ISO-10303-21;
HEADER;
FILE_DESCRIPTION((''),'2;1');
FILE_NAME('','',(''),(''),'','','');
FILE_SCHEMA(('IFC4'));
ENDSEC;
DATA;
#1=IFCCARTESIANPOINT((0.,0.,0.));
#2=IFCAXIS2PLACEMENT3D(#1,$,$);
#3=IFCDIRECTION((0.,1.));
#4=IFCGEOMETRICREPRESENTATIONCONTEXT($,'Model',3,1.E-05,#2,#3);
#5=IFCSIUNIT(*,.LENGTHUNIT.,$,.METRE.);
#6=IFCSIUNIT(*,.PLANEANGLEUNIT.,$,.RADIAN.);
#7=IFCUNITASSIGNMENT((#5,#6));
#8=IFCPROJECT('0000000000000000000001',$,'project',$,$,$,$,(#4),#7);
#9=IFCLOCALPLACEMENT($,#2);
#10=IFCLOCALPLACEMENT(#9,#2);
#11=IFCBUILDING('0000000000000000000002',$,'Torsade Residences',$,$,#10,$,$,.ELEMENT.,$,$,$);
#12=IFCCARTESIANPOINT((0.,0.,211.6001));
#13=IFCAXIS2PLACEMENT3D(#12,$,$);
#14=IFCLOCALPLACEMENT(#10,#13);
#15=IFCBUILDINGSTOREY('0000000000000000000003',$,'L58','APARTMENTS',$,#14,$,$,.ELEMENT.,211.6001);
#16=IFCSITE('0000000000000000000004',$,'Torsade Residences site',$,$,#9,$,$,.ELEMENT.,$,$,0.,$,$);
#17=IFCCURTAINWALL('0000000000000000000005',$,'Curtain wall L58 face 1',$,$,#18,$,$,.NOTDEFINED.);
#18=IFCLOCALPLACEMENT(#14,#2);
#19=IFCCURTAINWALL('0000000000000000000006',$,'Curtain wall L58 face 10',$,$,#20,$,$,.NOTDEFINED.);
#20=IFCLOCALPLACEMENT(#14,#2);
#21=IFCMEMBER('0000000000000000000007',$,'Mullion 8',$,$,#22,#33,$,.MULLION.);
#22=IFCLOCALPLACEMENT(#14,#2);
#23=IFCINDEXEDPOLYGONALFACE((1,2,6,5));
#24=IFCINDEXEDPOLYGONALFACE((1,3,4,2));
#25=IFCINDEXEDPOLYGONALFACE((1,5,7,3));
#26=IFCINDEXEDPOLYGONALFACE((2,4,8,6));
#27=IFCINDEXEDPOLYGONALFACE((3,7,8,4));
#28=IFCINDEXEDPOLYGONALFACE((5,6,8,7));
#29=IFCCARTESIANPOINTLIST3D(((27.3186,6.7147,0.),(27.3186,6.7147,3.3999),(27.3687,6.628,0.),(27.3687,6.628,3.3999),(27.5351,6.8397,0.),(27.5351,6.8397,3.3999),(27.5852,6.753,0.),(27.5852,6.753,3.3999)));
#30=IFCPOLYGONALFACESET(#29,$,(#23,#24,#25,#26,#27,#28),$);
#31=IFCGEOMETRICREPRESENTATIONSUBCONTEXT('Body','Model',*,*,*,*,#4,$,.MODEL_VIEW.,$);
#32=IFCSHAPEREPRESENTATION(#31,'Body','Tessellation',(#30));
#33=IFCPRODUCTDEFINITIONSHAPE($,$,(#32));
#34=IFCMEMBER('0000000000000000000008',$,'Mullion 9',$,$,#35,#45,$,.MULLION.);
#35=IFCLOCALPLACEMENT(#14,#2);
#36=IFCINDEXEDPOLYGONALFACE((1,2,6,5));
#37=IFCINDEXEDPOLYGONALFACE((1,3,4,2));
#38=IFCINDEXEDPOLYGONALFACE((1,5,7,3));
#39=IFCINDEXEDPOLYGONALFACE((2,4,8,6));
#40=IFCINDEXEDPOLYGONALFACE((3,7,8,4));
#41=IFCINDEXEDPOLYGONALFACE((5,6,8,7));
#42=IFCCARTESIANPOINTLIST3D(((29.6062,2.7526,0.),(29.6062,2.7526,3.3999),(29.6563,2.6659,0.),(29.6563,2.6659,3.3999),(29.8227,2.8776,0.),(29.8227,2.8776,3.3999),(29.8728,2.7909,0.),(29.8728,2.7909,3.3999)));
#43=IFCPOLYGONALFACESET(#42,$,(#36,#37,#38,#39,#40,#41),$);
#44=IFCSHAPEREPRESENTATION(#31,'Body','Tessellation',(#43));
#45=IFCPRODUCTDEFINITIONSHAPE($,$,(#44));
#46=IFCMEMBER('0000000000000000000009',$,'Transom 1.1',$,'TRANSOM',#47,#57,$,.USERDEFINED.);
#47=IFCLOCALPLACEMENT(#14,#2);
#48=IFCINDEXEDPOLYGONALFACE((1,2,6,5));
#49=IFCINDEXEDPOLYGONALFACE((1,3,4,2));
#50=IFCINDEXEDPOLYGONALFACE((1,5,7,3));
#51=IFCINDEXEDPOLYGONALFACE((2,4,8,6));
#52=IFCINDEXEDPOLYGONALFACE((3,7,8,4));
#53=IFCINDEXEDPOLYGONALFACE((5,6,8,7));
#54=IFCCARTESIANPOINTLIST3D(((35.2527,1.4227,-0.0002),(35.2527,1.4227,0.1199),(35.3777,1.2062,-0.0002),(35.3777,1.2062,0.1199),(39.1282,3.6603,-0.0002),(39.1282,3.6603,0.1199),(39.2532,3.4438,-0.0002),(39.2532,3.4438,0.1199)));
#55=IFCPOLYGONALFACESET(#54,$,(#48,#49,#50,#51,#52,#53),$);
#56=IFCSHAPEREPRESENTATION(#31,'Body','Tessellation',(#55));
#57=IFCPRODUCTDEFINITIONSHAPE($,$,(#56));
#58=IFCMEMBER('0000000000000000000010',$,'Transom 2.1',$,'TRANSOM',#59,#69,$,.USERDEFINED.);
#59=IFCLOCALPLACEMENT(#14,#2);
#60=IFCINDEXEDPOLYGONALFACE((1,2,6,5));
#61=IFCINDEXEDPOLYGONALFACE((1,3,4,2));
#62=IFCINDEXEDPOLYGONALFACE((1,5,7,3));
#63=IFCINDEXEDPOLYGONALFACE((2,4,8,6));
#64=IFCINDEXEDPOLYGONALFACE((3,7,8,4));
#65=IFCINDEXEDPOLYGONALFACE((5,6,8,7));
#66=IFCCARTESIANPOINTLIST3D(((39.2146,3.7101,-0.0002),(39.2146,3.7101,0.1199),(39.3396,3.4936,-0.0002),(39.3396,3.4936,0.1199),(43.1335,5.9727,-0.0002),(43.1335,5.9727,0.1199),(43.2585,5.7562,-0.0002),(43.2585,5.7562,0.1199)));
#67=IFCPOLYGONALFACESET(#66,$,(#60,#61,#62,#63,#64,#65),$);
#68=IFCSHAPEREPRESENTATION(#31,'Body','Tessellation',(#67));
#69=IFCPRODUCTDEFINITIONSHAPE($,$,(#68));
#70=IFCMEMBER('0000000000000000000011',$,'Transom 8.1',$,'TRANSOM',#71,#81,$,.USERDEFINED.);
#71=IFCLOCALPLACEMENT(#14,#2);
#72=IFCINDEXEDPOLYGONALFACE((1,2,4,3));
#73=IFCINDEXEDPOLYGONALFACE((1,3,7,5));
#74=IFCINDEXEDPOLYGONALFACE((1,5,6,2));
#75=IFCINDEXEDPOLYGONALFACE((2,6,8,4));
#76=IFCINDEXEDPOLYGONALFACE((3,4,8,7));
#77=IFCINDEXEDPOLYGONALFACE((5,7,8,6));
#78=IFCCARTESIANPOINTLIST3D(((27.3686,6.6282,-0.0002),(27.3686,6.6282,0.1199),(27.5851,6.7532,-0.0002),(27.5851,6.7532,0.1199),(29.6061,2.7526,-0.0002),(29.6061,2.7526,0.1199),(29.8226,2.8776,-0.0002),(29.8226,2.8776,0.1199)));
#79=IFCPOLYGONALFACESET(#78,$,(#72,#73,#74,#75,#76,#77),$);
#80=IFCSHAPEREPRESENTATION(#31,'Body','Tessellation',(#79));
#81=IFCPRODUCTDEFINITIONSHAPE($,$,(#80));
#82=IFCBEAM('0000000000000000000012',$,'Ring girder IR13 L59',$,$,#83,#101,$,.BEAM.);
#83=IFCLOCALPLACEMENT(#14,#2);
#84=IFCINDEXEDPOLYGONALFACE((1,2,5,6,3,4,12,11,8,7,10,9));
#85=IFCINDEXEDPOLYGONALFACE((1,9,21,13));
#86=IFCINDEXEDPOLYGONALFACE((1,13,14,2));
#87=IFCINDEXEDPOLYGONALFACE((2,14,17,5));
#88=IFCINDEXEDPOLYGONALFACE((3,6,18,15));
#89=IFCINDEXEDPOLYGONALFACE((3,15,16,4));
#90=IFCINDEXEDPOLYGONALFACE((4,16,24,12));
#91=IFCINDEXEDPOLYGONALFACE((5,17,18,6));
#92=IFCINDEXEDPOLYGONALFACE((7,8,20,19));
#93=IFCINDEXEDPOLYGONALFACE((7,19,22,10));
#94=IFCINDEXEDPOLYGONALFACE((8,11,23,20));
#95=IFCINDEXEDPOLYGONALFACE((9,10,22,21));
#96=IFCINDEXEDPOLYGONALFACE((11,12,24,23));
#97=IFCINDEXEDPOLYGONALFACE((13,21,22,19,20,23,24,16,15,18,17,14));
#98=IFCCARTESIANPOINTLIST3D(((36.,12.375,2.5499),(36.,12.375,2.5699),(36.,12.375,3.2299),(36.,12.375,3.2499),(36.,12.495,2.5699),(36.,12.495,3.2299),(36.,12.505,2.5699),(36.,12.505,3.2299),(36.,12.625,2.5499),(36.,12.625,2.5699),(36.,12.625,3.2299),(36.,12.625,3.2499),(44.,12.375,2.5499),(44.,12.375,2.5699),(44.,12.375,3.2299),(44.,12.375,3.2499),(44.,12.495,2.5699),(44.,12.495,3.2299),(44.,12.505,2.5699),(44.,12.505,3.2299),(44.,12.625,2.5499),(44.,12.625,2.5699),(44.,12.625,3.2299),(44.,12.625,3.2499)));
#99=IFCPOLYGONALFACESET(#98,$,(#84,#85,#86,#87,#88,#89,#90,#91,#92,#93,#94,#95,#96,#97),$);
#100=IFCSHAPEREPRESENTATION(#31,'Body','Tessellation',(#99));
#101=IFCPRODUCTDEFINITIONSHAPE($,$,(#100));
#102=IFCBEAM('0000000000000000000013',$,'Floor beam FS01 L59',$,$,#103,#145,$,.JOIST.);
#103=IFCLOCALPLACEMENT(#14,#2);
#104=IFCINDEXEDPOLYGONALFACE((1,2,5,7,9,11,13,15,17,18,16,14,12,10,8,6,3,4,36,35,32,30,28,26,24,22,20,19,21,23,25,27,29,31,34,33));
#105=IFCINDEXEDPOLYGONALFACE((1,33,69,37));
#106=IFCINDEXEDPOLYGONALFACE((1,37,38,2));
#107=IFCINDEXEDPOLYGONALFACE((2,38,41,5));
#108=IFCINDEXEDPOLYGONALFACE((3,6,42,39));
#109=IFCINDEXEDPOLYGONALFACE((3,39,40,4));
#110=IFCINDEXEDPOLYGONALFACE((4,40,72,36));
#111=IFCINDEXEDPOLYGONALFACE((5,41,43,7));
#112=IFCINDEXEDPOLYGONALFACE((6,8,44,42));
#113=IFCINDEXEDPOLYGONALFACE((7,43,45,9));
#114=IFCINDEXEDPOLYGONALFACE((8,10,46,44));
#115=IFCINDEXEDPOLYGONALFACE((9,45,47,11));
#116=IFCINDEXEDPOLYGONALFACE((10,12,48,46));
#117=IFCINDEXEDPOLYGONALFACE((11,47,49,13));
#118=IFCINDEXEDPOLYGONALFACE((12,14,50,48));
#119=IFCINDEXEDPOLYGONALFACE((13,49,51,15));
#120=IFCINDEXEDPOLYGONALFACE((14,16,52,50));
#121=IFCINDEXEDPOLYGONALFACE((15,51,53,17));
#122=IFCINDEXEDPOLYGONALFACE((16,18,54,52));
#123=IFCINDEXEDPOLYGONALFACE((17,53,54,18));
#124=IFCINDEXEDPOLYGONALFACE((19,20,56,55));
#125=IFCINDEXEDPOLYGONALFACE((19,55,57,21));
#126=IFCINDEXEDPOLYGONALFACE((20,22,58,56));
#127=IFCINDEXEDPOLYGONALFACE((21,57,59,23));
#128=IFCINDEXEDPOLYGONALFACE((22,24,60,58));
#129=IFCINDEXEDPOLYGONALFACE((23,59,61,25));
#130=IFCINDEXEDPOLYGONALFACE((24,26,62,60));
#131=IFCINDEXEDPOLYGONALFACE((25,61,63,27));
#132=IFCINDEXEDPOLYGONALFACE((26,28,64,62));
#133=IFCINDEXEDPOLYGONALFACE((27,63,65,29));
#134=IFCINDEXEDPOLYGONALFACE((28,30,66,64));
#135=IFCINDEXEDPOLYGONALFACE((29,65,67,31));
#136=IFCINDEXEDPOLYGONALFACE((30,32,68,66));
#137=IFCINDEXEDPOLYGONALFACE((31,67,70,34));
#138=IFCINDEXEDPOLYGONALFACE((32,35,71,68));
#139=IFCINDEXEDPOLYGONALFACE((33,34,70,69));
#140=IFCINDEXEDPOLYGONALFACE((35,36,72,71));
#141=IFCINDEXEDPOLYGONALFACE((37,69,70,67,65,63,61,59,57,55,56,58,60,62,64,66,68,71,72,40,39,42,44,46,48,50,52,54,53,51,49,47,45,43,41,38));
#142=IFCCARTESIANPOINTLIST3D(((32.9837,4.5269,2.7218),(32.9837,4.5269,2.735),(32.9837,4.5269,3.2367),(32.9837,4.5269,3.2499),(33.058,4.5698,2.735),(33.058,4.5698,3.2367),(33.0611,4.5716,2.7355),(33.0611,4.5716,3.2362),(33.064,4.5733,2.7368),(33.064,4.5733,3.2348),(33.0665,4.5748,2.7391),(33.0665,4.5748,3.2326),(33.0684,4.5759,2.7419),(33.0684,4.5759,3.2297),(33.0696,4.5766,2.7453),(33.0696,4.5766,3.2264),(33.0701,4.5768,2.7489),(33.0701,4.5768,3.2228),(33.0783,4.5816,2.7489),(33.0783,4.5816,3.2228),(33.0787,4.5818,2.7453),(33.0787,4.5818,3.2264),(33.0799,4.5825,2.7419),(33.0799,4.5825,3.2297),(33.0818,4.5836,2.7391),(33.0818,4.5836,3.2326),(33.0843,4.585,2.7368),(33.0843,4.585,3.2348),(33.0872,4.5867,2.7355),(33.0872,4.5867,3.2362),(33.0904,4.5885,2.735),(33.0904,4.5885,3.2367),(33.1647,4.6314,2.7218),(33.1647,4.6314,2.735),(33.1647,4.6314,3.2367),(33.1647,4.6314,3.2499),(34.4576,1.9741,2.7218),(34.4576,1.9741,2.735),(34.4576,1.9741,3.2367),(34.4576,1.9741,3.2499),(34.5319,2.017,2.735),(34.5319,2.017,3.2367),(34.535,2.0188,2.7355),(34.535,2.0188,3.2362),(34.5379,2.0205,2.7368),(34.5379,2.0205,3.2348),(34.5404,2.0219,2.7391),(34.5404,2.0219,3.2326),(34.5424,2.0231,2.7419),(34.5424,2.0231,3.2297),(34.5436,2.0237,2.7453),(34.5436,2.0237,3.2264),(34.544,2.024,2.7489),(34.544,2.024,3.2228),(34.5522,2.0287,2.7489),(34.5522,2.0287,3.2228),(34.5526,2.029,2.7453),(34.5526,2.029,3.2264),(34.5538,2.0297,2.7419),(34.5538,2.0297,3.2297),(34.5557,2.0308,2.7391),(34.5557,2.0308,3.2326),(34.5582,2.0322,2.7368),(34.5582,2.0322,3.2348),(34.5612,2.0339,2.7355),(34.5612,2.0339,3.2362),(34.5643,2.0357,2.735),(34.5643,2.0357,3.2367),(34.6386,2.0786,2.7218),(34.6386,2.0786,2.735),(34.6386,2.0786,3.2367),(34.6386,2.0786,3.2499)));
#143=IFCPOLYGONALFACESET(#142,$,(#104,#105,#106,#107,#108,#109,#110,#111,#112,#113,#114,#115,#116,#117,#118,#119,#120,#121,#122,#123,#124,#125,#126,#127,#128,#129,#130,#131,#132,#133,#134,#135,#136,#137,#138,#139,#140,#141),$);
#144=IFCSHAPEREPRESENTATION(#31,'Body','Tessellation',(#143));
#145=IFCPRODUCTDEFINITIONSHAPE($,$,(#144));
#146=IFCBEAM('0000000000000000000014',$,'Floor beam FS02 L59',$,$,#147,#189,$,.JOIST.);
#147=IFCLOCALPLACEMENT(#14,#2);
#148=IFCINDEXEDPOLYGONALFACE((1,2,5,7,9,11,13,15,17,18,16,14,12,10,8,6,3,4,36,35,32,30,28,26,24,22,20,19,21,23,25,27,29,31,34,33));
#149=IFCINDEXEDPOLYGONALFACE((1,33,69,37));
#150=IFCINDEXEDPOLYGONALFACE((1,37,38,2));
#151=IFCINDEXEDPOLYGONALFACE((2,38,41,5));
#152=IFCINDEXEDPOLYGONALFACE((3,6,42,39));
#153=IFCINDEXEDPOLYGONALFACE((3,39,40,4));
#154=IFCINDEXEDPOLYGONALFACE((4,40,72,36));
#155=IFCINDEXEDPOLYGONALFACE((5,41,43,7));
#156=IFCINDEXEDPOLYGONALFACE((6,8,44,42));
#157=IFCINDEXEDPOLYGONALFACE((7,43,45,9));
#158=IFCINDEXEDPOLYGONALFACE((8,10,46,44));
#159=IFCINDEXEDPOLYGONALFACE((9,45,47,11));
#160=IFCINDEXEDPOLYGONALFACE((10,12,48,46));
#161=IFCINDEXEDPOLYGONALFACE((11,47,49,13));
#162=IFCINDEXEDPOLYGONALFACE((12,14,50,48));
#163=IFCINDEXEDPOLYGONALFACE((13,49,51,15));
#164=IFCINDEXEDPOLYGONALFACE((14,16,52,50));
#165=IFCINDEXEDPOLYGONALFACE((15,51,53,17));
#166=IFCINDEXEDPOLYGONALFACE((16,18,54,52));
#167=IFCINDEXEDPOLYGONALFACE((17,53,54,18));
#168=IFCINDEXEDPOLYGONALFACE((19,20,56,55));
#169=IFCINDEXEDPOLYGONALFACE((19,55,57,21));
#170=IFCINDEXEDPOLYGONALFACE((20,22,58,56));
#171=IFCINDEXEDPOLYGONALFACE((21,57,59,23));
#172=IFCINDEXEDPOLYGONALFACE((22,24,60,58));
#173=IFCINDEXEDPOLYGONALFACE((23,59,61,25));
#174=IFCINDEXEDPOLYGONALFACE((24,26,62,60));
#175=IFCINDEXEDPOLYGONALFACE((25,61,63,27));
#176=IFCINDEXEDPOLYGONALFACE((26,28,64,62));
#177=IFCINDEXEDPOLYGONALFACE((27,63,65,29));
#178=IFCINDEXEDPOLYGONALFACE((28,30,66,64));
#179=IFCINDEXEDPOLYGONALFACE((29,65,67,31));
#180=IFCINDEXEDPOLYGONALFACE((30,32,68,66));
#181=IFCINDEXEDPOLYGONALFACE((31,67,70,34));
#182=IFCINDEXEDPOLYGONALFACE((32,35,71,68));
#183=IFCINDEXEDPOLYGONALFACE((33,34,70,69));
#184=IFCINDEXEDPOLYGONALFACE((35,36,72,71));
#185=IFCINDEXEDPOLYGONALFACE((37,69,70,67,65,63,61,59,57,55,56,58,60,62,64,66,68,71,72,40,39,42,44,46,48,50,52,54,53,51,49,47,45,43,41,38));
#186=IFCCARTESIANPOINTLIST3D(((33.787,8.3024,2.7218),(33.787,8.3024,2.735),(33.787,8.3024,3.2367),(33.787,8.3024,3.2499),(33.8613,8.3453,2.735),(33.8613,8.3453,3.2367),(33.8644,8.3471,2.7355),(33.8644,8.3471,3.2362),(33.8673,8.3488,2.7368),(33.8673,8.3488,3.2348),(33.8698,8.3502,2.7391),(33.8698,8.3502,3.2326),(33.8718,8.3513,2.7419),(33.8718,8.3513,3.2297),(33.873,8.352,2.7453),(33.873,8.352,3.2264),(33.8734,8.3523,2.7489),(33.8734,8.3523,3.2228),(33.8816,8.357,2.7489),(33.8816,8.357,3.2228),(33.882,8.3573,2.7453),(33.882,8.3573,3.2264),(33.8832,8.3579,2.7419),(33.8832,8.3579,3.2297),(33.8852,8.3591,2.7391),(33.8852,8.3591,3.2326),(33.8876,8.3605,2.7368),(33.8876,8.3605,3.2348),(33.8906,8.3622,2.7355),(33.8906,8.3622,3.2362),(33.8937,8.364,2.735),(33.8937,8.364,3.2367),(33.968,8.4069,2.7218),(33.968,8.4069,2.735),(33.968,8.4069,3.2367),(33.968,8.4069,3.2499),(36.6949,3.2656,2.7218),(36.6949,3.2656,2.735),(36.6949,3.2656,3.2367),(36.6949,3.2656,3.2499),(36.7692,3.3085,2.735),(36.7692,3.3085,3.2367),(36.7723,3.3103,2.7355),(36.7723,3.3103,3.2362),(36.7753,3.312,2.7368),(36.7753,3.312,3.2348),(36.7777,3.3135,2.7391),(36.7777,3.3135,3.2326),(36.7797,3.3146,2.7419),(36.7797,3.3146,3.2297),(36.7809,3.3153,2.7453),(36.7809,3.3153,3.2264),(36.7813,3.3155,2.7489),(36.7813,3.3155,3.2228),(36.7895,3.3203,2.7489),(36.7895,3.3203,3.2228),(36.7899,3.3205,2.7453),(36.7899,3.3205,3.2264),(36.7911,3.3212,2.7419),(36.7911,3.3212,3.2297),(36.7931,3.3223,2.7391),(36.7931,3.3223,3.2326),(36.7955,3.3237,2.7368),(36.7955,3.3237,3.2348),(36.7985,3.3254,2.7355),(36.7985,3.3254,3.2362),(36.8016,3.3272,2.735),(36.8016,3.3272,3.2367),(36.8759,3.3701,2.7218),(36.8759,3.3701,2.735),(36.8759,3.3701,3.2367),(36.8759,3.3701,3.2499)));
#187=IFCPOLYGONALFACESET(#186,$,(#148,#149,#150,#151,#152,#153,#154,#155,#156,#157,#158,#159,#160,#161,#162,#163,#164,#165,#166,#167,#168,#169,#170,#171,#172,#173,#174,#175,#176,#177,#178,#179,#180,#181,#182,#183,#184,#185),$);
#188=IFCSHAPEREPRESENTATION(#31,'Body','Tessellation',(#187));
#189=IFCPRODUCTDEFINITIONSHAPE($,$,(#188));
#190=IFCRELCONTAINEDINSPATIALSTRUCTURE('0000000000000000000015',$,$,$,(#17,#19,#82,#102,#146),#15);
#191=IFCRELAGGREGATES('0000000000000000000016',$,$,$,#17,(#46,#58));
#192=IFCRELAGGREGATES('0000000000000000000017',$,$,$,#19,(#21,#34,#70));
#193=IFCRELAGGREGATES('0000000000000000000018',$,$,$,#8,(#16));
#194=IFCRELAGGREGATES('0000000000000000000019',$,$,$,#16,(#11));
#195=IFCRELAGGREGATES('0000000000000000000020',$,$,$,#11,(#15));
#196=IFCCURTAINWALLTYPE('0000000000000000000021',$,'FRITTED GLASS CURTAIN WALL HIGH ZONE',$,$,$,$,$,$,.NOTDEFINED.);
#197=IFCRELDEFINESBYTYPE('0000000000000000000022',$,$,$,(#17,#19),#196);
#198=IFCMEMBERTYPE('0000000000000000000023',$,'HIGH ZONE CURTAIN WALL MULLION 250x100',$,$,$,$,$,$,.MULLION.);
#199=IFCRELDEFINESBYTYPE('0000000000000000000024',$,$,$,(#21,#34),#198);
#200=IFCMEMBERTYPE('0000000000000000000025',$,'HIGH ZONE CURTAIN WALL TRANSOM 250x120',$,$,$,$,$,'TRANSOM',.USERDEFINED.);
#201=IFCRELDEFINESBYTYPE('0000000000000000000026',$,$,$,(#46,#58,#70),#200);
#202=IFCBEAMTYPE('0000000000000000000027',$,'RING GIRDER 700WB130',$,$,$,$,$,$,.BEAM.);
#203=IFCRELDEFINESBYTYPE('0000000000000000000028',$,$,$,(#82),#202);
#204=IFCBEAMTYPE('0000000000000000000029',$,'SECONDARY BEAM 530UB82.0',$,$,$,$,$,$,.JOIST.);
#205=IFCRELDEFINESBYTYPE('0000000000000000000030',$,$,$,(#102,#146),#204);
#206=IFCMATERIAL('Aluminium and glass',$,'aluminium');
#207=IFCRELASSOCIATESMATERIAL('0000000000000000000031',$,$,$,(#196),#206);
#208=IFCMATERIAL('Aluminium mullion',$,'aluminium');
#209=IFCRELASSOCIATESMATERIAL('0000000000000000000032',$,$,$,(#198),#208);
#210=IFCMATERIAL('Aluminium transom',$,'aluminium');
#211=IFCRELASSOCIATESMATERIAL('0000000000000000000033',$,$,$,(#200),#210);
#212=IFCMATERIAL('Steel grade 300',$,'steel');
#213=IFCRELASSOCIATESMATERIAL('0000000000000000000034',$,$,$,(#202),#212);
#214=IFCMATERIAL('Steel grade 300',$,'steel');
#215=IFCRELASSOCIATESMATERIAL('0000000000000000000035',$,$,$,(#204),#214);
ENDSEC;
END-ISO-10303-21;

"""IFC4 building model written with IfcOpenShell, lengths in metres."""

from ifc_helpers import new_model, si_unit, direction, frame, origin, origin_2d, place, context, subcontext, project, spatial, rectangle, i_section, extrude, material, material_profile, profile_set, type_object, element, aggregate, save


model = new_model("IFC4")

# Units and contexts
model_context = context("Model", 3, precision=1e-05, world=origin(), true_north=direction((0.0, 1.0)))
body_context = subcontext(model_context, "Body", "Model", "MODEL_VIEW")
ifc_project = project(units=[si_unit("LENGTHUNIT", "METRE"), si_unit("PLANEANGLEUNIT", "RADIAN")], contexts=[model_context])

# Site, building, storey
site_placement = place(None, origin())
site = spatial("IfcSite", under=ifc_project, at=site_placement, Name="Torsade Residences site", CompositionType="ELEMENT", RefElevation=0.0)
building_placement = place(site_placement, origin())
building = spatial("IfcBuilding", under=site, at=building_placement, Name="Torsade Residences", CompositionType="ELEMENT")
storey_placement = place(building_placement, frame((0.0, 0.0, 211.6001)))
storey = spatial("IfcBuildingStorey", under=building, at=storey_placement, Name="L58", Description="APARTMENTS", CompositionType="ELEMENT", Elevation=211.6001)

# Curtain walls, members
ifc_material_1 = material(Name="Aluminium and glass", Category="aluminium")
curtain_wall_type = type_object("IfcCurtainWallType", Name="FRITTED GLASS CURTAIN WALL HIGH ZONE", PredefinedType="NOTDEFINED", material=ifc_material_1)
curtain_wall_1_placement = place(storey_placement, origin())
curtain_wall_1 = element("IfcCurtainWall", 1, at=curtain_wall_1_placement, inside=storey, type_object=curtain_wall_type, Name="Curtain wall L58 face 1", PredefinedType="NOTDEFINED")
ifc_material_2 = material(Name="Aluminium mullion", Category="aluminium")
ifc_material_profile_1 = material_profile(ifc_material_2, rectangle(XDim=0.25, YDim=0.1001, at=origin_2d()), Name="HIGH ZONE CURTAIN WALL MULLION 250x100")
ifc_profile_set_1 = profile_set([ifc_material_profile_1], Name="Aluminium mullion")
member_type_1 = type_object("IfcMemberType", Name="HIGH ZONE CURTAIN WALL MULLION 250x100", PredefinedType="MULLION", material=ifc_profile_set_1)
curtain_wall_2_placement = place(storey_placement, origin())
curtain_wall_2 = element("IfcCurtainWall", 2, at=curtain_wall_2_placement, inside=storey, type_object=curtain_wall_type, Name="Curtain wall L58 face 10", PredefinedType="NOTDEFINED")
member_1_placement = place(storey_placement, frame((27.4519, 6.7339, 0.0), z_axis=(0.0, 0.0, 1.0), x_axis=(0.866025, 0.5, 0.0)))
member_1 = element("IfcMember", 3, at=member_1_placement, type_object=member_type_1, Name="Mullion 8", PredefinedType="MULLION", context=body_context, shape_type="SweptSolid", body=[
    extrude(rectangle(XDim=0.25, YDim=0.1001, at=origin_2d()), origin(), (0.0, 0.0, 1.0), 3.3999),
])
member_2_placement = place(storey_placement, frame((29.7395, 2.7717, 0.0), z_axis=(0.0, 0.0, 1.0), x_axis=(0.866025, 0.5, 0.0)))
member_2 = element("IfcMember", 4, at=member_2_placement, type_object=member_type_1, Name="Mullion 9", PredefinedType="MULLION", context=body_context, shape_type="SweptSolid", body=[
    extrude(rectangle(XDim=0.25, YDim=0.1001, at=origin_2d()), origin(), (0.0, 0.0, 1.0), 3.3999),
])

# Members
ifc_material_3 = material(Name="Aluminium transom", Category="aluminium")
ifc_material_profile_2 = material_profile(ifc_material_3, rectangle(XDim=0.25, YDim=0.1201, at=origin_2d()), Name="HIGH ZONE CURTAIN WALL TRANSOM 250x120")
ifc_profile_set_2 = profile_set([ifc_material_profile_2], Name="Aluminium transom")
member_type_2 = type_object("IfcMemberType", Name="HIGH ZONE CURTAIN WALL TRANSOM 250x120", ElementType="TRANSOM", PredefinedType="USERDEFINED", material=ifc_profile_set_2)
member_3_placement = place(storey_placement, frame((35.3152, 1.3145, 0.0598), z_axis=(0.866022, 0.500006, 0.0), x_axis=(-0.500006, 0.866022, 0.0)))
member_3 = element("IfcMember", 5, at=member_3_placement, type_object=member_type_2, Name="Transom 1.1", ObjectType="TRANSOM", PredefinedType="USERDEFINED", context=body_context, shape_type="SweptSolid", body=[
    extrude(rectangle(XDim=0.25, YDim=0.1201, at=origin_2d()), origin(), (0.0, 0.0, 1.0), 4.4751),
])
member_4_placement = place(storey_placement, frame((39.2771, 3.6018, 0.0598), z_axis=(0.866017, 0.500015, 0.0), x_axis=(-0.500015, 0.866017, 0.0)))
member_4 = element("IfcMember", 6, at=member_4_placement, type_object=member_type_2, Name="Transom 2.1", ObjectType="TRANSOM", PredefinedType="USERDEFINED", context=body_context, shape_type="SweptSolid", body=[
    extrude(rectangle(XDim=0.25, YDim=0.1201, at=origin_2d()), origin(), (0.0, 0.0, 1.0), 4.5251),
])
member_5_placement = place(storey_placement, frame((27.4768, 6.6907, 0.0598), z_axis=(0.500006, -0.866022, 0.0), x_axis=(0.866022, 0.500006, 0.0)))
member_5 = element("IfcMember", 7, at=member_5_placement, type_object=member_type_2, Name="Transom 8.1", ObjectType="TRANSOM", PredefinedType="USERDEFINED", context=body_context, shape_type="SweptSolid", body=[
    extrude(rectangle(XDim=0.25, YDim=0.1201, at=origin_2d()), origin(), (0.0, 0.0, 1.0), 4.4751),
])

# Beams
ifc_material_4 = material(Name="Steel grade 300", Category="steel")
ifc_material_profile_3 = material_profile(ifc_material_4, i_section(OverallWidth=0.25, OverallDepth=0.7, WebThickness=0.01, FlangeThickness=0.02, at=origin_2d()), Name="700WB130")
ifc_profile_set_3 = profile_set([ifc_material_profile_3], Name="Steel grade 300")
beam_type_1 = type_object("IfcBeamType", Name="RING GIRDER 700WB130", PredefinedType="BEAM", material=ifc_profile_set_3)
beam_1_placement = place(storey_placement, frame((36.0, 12.5, 2.8999), z_axis=(1.0, 0.0, 0.0), x_axis=(0.0, 1.0, 0.0)))
element("IfcBeam", 8, at=beam_1_placement, inside=storey, type_object=beam_type_1, Name="Ring girder IR13 L59", PredefinedType="BEAM", context=body_context, shape_type="SweptSolid", body=[
    extrude(i_section(OverallWidth=0.25, OverallDepth=0.7, WebThickness=0.01, FlangeThickness=0.02, at=origin_2d()), origin(), (0.0, 0.0, 1.0), 8.0),
])
ifc_material_5 = material(Name="Steel grade 300", Category="steel")
ifc_material_profile_4 = material_profile(ifc_material_5, i_section(OverallWidth=0.209, OverallDepth=0.5281, WebThickness=0.0095, FlangeThickness=0.0132, FilletRadius=0.0139, at=origin_2d()), Name="530UB82.0")
ifc_profile_set_4 = profile_set([ifc_material_profile_4], Name="Steel grade 300")
beam_type_2 = type_object("IfcBeamType", Name="SECONDARY BEAM 530UB82.0", PredefinedType="JOIST", material=ifc_profile_set_4)
beam_2_placement = place(storey_placement, frame((34.5481, 2.0264, 2.9858), z_axis=(-0.500014, 0.866017, 0.0), x_axis=(-0.866017, -0.500014, 0.0)))
element("IfcBeam", 9, at=beam_2_placement, inside=storey, type_object=beam_type_2, Name="Floor beam FS01 L59", PredefinedType="JOIST", context=body_context, shape_type="SweptSolid", body=[
    extrude(i_section(OverallWidth=0.209, OverallDepth=0.5281, WebThickness=0.0095, FlangeThickness=0.0132, FilletRadius=0.0139, at=origin_2d()), origin(), (0.0, 0.0, 1.0), 2.9478),
])
beam_3_placement = place(storey_placement, frame((36.7854, 3.3179, 2.9858), z_axis=(-0.49999, 0.866031, 0.0), x_axis=(-0.866031, -0.49999, 0.0)))
element("IfcBeam", 10, at=beam_3_placement, inside=storey, type_object=beam_type_2, Name="Floor beam FS02 L59", PredefinedType="JOIST", context=body_context, shape_type="SweptSolid", body=[
    extrude(i_section(OverallWidth=0.209, OverallDepth=0.5281, WebThickness=0.0095, FlangeThickness=0.0132, FilletRadius=0.0139, at=origin_2d()), origin(), (0.0, 0.0, 1.0), 5.8159),
])

aggregate(curtain_wall_1, [member_3, member_4])
aggregate(curtain_wall_2, [member_1, member_2, member_5])

save(model, "model.ifc")
